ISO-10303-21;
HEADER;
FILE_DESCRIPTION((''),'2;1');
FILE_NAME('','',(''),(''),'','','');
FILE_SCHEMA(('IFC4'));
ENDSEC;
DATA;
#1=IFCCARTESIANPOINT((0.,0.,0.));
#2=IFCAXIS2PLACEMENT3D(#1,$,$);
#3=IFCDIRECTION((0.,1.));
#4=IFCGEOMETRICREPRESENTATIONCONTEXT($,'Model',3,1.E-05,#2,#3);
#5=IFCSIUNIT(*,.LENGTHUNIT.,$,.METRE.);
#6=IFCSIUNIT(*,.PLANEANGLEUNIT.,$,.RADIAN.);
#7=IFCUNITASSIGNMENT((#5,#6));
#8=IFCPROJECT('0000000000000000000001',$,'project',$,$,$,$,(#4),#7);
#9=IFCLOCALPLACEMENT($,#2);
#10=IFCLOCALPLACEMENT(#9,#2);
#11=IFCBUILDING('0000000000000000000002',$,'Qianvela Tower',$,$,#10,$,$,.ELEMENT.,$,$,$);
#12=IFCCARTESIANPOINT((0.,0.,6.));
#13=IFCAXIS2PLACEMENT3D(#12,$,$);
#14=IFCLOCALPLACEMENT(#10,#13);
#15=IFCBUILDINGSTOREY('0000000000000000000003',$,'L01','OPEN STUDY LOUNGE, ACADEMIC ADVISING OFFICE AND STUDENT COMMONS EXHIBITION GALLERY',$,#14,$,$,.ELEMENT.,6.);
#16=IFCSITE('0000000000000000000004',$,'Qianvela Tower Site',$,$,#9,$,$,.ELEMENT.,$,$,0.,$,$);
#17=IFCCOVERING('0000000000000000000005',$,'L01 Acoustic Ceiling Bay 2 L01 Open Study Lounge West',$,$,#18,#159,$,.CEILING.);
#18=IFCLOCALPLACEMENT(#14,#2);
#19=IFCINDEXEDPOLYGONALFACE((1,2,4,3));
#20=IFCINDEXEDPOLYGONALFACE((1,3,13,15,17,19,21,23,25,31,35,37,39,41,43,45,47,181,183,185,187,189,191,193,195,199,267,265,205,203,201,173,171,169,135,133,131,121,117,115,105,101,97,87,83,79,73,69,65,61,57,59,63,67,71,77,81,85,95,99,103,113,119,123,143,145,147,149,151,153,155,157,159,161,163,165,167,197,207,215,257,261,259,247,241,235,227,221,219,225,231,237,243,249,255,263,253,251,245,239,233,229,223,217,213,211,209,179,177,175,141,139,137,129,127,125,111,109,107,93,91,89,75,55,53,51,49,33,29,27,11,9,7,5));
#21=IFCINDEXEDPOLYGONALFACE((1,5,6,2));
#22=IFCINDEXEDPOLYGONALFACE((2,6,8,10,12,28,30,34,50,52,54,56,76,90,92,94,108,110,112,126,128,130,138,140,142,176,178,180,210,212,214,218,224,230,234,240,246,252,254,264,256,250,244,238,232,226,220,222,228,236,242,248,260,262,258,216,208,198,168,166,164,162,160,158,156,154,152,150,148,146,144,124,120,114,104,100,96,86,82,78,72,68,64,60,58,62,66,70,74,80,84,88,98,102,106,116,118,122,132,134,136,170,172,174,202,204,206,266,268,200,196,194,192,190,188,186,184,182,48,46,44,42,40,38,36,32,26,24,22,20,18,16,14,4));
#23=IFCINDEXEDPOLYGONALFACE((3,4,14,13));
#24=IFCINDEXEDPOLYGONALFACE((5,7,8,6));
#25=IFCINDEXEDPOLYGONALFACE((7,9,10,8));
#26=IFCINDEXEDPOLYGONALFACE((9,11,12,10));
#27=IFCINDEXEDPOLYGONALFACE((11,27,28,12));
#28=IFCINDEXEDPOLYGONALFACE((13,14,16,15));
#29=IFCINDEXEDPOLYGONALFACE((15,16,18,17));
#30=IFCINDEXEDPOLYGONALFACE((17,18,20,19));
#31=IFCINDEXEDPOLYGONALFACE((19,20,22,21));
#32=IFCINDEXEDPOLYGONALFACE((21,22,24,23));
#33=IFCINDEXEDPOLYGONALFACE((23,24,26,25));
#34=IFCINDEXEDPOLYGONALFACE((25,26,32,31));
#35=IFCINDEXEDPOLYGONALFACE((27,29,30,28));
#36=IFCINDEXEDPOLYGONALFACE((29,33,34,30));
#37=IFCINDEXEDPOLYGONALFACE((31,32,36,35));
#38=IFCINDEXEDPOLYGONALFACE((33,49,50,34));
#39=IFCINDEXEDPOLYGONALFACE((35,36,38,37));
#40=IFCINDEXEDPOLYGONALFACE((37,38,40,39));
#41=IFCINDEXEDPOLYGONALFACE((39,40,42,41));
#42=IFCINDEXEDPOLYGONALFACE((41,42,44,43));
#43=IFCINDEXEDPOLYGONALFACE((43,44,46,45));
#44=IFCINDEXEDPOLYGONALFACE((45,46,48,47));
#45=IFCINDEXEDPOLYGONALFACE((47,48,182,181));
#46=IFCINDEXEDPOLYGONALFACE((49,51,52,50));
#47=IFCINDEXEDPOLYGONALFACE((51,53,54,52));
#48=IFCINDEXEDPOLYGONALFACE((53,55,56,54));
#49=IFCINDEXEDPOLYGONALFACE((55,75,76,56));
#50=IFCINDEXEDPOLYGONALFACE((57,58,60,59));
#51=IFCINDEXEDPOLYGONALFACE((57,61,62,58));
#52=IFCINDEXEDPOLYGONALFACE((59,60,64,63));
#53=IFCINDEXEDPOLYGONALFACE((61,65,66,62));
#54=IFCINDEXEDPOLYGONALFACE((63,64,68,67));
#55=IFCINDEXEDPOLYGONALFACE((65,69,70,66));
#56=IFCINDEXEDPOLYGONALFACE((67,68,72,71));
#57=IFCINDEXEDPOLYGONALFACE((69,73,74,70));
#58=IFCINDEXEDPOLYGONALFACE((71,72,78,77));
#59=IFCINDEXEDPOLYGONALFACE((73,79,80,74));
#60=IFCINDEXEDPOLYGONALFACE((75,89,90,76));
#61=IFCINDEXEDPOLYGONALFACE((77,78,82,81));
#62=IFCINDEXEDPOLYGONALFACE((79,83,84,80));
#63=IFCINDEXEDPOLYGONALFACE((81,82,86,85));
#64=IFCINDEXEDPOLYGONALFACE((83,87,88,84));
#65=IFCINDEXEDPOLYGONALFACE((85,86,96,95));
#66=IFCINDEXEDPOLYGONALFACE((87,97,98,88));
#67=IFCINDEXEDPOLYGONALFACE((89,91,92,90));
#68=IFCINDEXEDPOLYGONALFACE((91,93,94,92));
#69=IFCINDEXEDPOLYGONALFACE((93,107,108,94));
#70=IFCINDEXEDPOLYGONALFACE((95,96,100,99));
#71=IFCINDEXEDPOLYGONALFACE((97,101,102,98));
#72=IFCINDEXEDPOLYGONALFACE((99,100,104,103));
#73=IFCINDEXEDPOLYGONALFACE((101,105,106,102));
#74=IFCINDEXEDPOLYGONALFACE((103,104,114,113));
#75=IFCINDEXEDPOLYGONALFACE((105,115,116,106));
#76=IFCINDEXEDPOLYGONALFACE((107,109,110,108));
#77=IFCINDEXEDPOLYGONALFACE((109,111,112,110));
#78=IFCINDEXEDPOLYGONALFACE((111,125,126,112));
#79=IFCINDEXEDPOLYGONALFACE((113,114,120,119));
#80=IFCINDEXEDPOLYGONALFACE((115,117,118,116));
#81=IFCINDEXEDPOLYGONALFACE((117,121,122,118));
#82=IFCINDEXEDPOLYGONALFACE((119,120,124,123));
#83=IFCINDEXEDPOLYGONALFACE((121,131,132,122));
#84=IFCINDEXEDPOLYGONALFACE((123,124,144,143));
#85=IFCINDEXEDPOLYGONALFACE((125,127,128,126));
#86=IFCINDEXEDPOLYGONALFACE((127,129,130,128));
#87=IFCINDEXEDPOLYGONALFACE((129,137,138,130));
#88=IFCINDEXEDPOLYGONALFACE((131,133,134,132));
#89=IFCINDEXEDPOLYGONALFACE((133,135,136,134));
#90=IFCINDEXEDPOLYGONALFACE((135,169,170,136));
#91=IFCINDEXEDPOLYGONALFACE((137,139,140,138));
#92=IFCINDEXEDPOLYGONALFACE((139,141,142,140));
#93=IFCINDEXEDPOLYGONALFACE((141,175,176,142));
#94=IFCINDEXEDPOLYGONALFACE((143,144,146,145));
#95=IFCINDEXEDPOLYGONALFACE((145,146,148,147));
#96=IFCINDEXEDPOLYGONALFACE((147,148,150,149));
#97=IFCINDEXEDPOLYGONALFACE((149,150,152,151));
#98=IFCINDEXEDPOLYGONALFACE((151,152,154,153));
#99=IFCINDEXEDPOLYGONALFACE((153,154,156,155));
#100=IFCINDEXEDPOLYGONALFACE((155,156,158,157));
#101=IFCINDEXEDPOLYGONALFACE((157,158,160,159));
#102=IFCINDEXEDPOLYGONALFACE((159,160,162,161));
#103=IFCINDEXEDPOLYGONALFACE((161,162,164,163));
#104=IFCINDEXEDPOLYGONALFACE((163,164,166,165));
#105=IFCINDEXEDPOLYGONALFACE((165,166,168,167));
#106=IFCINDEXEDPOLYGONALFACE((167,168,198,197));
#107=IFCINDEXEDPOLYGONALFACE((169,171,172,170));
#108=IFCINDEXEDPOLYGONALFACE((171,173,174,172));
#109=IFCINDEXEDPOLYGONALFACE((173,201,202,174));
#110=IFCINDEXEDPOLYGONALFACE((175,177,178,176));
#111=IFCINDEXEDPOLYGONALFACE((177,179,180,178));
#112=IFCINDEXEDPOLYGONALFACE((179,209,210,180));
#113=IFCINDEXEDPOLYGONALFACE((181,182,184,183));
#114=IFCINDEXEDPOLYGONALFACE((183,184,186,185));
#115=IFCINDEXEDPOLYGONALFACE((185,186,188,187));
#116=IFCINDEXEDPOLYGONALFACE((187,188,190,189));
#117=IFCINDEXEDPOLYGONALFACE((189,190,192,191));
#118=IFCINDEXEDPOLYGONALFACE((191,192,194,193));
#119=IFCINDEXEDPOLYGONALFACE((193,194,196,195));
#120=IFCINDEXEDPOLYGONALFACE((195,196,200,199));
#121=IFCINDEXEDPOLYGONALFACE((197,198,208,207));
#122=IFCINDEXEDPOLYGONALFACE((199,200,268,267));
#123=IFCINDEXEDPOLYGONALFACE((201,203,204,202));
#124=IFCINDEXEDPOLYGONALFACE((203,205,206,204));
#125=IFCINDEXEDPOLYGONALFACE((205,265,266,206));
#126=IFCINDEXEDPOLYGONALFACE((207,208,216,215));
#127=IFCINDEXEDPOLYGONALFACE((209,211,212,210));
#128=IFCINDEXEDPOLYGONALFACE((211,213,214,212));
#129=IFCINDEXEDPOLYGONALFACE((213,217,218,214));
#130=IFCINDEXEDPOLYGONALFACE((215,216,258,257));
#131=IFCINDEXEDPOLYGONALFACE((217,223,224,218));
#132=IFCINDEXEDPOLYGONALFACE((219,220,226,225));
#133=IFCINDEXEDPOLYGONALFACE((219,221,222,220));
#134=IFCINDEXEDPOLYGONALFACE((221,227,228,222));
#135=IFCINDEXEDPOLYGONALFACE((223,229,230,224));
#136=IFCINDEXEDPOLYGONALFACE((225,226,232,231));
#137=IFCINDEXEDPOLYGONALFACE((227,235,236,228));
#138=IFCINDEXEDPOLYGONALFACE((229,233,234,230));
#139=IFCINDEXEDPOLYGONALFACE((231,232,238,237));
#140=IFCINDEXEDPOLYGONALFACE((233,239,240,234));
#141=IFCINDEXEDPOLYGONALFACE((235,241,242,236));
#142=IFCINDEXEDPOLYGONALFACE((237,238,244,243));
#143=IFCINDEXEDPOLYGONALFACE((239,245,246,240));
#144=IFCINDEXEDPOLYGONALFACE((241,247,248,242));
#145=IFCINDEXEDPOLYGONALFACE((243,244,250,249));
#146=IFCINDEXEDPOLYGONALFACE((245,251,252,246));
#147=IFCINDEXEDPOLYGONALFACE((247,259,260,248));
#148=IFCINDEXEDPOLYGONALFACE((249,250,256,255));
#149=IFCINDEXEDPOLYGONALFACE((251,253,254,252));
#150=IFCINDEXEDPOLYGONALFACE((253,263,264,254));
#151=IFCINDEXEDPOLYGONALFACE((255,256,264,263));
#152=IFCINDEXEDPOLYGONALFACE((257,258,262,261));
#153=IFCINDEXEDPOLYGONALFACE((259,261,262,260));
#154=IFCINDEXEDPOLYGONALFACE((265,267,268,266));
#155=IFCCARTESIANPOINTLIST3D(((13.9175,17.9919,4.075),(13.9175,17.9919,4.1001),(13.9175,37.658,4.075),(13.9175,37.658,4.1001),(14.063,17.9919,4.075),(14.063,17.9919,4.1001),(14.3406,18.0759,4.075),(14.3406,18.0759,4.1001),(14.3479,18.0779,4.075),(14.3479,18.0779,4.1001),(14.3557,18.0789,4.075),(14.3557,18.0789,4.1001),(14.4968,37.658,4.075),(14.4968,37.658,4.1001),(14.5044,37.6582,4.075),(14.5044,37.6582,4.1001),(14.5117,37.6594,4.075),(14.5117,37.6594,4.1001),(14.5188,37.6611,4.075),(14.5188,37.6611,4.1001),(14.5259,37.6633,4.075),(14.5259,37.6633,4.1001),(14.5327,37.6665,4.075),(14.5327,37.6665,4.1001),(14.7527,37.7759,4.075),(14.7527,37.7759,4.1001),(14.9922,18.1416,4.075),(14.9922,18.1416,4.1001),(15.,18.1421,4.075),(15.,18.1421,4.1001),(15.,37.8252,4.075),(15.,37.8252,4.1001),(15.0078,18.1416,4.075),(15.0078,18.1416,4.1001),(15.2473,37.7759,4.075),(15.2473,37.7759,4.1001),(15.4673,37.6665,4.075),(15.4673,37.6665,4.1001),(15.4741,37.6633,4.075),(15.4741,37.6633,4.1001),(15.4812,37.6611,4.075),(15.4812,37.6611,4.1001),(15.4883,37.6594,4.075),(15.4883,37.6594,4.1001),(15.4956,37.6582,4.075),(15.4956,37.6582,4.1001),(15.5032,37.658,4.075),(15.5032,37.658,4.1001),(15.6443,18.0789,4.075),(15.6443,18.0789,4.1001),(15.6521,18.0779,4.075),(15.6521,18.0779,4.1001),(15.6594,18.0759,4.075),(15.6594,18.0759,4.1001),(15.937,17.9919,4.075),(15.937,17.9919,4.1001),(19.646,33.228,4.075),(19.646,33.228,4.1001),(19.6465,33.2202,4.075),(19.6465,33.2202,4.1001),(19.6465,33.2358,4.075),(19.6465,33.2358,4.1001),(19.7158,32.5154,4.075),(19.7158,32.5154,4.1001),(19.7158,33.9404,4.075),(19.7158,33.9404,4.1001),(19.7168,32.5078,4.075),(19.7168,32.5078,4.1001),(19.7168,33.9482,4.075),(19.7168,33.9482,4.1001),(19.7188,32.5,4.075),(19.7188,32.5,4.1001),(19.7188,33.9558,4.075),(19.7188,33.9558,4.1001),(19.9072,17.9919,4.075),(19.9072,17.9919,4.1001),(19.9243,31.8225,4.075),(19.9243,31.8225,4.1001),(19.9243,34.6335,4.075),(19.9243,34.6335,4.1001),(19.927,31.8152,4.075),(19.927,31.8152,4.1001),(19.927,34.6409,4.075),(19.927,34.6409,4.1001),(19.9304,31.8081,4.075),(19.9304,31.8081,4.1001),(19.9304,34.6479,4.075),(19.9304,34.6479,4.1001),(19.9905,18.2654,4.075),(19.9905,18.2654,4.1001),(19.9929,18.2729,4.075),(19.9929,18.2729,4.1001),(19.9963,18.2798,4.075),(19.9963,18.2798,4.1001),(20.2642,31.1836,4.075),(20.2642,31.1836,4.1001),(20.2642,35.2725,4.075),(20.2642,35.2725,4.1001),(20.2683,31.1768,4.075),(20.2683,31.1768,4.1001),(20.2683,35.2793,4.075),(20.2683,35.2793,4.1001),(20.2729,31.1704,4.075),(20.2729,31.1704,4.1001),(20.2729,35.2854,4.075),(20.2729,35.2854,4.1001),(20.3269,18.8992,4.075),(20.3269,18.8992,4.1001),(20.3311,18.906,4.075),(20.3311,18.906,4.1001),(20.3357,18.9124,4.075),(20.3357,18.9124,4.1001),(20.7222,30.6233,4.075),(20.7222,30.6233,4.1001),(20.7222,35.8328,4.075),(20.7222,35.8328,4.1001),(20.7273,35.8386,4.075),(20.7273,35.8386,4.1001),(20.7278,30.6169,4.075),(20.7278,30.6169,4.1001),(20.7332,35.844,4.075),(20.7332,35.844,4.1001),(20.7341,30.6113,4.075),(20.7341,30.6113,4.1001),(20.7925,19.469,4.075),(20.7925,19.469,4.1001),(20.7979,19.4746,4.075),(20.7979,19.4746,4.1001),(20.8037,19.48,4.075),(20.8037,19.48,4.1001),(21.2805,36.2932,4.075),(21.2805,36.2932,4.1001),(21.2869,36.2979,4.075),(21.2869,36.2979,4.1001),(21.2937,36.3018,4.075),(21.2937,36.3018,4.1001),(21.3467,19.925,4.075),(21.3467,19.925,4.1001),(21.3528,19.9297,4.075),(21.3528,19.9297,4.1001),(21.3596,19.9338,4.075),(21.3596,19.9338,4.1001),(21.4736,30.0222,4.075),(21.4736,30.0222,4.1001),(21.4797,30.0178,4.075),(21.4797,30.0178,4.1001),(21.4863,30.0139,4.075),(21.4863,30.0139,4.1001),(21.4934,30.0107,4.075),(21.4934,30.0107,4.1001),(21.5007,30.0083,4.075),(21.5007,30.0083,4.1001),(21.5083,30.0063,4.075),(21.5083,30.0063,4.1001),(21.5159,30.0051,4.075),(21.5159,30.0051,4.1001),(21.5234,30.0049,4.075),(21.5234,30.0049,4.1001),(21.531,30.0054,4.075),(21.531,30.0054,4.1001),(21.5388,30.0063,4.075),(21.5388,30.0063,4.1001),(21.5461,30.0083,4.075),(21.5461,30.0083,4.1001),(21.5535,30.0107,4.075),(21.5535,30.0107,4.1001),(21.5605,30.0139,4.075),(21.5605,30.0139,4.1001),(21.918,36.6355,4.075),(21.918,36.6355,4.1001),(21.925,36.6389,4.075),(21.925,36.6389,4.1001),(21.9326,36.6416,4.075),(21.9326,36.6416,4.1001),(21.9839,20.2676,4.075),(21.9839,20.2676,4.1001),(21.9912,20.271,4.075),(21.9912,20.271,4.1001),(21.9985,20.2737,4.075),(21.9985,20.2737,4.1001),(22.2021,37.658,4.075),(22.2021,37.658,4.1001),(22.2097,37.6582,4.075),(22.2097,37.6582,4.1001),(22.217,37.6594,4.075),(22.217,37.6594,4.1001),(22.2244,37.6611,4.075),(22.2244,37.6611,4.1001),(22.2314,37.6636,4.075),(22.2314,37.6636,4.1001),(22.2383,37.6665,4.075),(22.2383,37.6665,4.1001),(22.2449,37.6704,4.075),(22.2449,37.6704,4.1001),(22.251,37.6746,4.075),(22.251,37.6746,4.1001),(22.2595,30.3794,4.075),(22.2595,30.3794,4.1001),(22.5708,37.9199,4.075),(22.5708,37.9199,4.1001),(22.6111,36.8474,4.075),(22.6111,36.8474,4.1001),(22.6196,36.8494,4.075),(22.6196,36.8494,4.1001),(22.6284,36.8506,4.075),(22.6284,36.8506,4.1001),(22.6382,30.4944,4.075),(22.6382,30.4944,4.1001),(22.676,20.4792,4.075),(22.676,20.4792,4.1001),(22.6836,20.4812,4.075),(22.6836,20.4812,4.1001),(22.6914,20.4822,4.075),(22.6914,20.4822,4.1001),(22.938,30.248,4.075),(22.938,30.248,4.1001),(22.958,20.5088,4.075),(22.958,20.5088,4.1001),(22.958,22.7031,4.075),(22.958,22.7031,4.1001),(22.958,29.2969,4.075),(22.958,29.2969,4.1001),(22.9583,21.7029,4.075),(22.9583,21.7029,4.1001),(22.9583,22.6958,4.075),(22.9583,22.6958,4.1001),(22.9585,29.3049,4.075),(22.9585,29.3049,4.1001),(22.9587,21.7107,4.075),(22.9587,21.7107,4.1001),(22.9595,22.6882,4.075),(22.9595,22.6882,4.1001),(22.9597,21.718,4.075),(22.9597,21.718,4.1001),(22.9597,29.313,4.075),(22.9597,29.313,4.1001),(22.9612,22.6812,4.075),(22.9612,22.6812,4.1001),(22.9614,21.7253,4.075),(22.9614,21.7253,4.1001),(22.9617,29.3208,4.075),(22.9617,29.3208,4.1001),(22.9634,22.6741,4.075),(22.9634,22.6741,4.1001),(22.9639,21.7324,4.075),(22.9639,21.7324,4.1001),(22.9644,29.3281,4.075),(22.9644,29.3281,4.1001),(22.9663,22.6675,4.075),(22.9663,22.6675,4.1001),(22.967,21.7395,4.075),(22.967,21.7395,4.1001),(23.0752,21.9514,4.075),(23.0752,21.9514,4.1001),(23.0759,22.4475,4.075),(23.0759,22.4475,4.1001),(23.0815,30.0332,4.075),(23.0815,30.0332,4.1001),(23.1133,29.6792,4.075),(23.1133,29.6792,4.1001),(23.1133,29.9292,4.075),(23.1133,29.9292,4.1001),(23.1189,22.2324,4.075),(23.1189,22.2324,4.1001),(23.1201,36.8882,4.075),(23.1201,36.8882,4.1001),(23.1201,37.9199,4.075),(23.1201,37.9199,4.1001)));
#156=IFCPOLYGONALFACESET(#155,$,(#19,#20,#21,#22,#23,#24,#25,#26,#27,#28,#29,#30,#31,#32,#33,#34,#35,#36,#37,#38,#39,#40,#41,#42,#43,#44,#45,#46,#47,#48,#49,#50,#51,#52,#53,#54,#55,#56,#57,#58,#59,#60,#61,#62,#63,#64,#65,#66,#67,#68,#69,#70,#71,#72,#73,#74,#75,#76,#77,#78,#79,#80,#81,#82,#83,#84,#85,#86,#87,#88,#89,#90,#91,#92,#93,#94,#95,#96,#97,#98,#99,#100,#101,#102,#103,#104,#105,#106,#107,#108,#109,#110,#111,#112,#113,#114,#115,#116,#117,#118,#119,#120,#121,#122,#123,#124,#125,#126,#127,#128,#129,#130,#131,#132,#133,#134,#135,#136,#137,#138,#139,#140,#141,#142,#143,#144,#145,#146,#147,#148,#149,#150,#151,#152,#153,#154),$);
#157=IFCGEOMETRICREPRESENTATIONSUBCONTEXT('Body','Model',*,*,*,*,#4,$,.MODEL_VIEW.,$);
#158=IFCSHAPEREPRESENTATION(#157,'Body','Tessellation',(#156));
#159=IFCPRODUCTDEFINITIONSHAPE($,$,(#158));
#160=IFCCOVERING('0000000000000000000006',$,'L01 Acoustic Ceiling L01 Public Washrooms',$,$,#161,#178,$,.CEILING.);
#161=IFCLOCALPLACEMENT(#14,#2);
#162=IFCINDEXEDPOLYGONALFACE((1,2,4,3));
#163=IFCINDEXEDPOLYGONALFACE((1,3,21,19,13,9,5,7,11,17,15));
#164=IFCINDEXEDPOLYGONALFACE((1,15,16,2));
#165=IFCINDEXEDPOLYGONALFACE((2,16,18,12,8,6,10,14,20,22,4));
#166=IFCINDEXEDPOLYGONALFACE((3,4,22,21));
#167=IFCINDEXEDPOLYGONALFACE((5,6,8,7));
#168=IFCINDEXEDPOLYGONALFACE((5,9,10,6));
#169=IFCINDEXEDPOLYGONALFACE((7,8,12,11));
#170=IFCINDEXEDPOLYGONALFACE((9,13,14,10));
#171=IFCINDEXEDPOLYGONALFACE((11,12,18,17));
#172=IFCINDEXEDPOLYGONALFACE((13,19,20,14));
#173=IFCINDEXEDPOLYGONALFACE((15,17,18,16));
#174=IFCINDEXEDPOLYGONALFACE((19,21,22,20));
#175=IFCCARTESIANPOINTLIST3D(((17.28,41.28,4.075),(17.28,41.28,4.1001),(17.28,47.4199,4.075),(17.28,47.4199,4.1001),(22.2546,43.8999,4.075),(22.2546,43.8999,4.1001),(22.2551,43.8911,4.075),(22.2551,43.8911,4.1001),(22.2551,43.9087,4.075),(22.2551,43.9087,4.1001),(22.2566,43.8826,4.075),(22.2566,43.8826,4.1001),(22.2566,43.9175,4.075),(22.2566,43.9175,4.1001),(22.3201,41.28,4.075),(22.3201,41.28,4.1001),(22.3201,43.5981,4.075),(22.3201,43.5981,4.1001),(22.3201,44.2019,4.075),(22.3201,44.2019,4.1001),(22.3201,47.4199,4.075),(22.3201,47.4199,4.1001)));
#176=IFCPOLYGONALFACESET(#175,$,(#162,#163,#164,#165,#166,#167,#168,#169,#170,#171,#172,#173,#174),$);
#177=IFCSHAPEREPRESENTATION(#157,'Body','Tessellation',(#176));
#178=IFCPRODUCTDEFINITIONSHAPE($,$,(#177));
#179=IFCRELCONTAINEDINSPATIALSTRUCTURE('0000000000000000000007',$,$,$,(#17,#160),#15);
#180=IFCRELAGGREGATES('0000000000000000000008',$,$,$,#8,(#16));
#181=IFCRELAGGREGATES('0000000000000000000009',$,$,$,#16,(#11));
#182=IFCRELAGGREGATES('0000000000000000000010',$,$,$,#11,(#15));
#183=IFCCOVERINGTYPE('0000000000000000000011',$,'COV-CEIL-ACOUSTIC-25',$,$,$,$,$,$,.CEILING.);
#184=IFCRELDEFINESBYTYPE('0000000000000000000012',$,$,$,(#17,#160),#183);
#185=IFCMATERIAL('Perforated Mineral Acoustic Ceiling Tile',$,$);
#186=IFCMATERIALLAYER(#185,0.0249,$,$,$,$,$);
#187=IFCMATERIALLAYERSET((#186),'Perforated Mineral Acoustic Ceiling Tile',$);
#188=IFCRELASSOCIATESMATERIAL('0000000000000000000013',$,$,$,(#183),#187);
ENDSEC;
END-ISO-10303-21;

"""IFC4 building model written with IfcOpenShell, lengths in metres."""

from ifc_helpers import new_model, si_unit, direction, frame, origin, place, context, subcontext, project, spatial, polyline, outline, extrude, material, layer, layer_set, type_object, element, save


model = new_model("IFC4")

# Units and contexts
model_context = context("Model", 3, precision=1e-05, world=origin(), true_north=direction((0.0, 1.0)))
body_context = subcontext(model_context, "Body", "Model", "MODEL_VIEW")
ifc_project = project(units=[si_unit("LENGTHUNIT", "METRE"), si_unit("PLANEANGLEUNIT", "RADIAN")], contexts=[model_context])

# Site, building, storey
site_placement = place(None, origin())
site = spatial("IfcSite", under=ifc_project, at=site_placement, Name="Qianvela Tower Site", CompositionType="ELEMENT", RefElevation=0.0)
building_placement = place(site_placement, origin())
building = spatial("IfcBuilding", under=site, at=building_placement, Name="Qianvela Tower", CompositionType="ELEMENT")
storey_placement = place(building_placement, frame((0.0, 0.0, 6.0)))
storey = spatial("IfcBuildingStorey", under=building, at=storey_placement, Name="L01", Description="OPEN STUDY LOUNGE, ACADEMIC ADVISING OFFICE AND STUDENT COMMONS EXHIBITION GALLERY", CompositionType="ELEMENT", Elevation=6.0)

# Coverings
ifc_material_1 = material(Name="Perforated Mineral Acoustic Ceiling Tile")
ifc_layer_1 = layer(ifc_material_1, 0.0249)
ifc_layer_set_1 = layer_set([ifc_layer_1], Name="Perforated Mineral Acoustic Ceiling Tile")
covering_type_1 = type_object("IfcCoveringType", Name="COV-CEIL-ACOUSTIC-25", PredefinedType="CEILING", material=ifc_layer_set_1)
covering_1_placement = place(storey_placement, frame((0.0, 0.0, 4.075)))
element("IfcCovering", 1, at=covering_1_placement, inside=storey, type_object=covering_type_1, Name="L01 Acoustic Ceiling Bay 2 L01 Open Study Lounge West", PredefinedType="CEILING", context=body_context, shape_type="SweptSolid", body=[
    extrude(outline(polyline([(22.6284, 36.8506), (22.6196, 36.8494), (22.6111, 36.8474), (21.9326, 36.6416), (21.925, 36.6389), (21.918, 36.6355), (21.2937, 36.3018), (21.2869, 36.2979), (21.2805, 36.2932), (20.7332, 35.844), (20.7273, 35.8386), (20.7222, 35.8328), (20.2729, 35.2854), (20.2683, 35.2793), (20.2642, 35.2725), (19.9304, 34.6479), (19.927, 34.6409), (19.9243, 34.6335), (19.7188, 33.9558), (19.7168, 33.9482), (19.7158, 33.9404), (19.6465, 33.2358), (19.646, 33.228), (19.6465, 33.2202), (19.7158, 32.5154), (19.7168, 32.5078), (19.7188, 32.5), (19.9243, 31.8225), (19.927, 31.8152), (19.9304, 31.8081), (20.2642, 31.1836), (20.2683, 31.1768), (20.2729, 31.1704), (20.7222, 30.6233), (20.7278, 30.6169), (20.7341, 30.6113), (21.4736, 30.0222), (21.4797, 30.0178), (21.4863, 30.0139), (21.4934, 30.0107), (21.5007, 30.0083), (21.5083, 30.0063), (21.5159, 30.0051), (21.5234, 30.0049), (21.531, 30.0054), (21.5388, 30.0063), (21.5461, 30.0083), (21.5535, 30.0107), (21.5605, 30.0139), (22.2595, 30.3794), (22.6382, 30.4944), (22.938, 30.248), (23.0815, 30.0332), (23.1133, 29.9292), (23.1133, 29.6792), (22.9644, 29.3281), (22.9617, 29.3208), (22.9597, 29.313), (22.9585, 29.3049), (22.958, 29.2969), (22.958, 22.7031), (22.9583, 22.6958), (22.9595, 22.6882), (22.9612, 22.6812), (22.9634, 22.6741), (22.9663, 22.6675), (23.0759, 22.4475), (23.1189, 22.2324), (23.0752, 21.9514), (22.967, 21.7395), (22.9639, 21.7324), (22.9614, 21.7253), (22.9597, 21.718), (22.9587, 21.7107), (22.9583, 21.7029), (22.958, 20.5088), (22.6914, 20.4822), (22.6836, 20.4812), (22.676, 20.4792), (21.9985, 20.2737), (21.9912, 20.271), (21.9839, 20.2676), (21.3596, 19.9338), (21.3528, 19.9297), (21.3467, 19.925), (20.8037, 19.48), (20.7979, 19.4746), (20.7925, 19.469), (20.3357, 18.9124), (20.3311, 18.906), (20.3269, 18.8992), (19.9963, 18.2798), (19.9929, 18.2729), (19.9905, 18.2654), (19.9072, 17.9919), (15.937, 17.9919), (15.6594, 18.0759), (15.6521, 18.0779), (15.6443, 18.0789), (15.0078, 18.1416), (15.0, 18.1421), (14.9922, 18.1416), (14.3557, 18.0789), (14.3479, 18.0779), (14.3406, 18.0759), (14.063, 17.9919), (13.9175, 17.9919), (13.9175, 37.658), (14.4968, 37.658), (14.5044, 37.6582), (14.5117, 37.6594), (14.5188, 37.6611), (14.5259, 37.6633), (14.5327, 37.6665), (14.7527, 37.7759), (15.0, 37.8252), (15.2473, 37.7759), (15.4673, 37.6665), (15.4741, 37.6633), (15.4812, 37.6611), (15.4883, 37.6594), (15.4956, 37.6582), (15.5032, 37.658), (22.2021, 37.658), (22.2097, 37.6582), (22.217, 37.6594), (22.2244, 37.6611), (22.2314, 37.6636), (22.2383, 37.6665), (22.2449, 37.6704), (22.251, 37.6746), (22.5708, 37.9199), (23.1201, 37.9199), (23.1201, 36.8882), (22.6284, 36.8506)])), origin(), (0.0, 0.0, 1.0), 0.0251),
])
covering_2_placement = place(storey_placement, frame((0.0, 0.0, 4.075)))
element("IfcCovering", 2, at=covering_2_placement, inside=storey, type_object=covering_type_1, Name="L01 Acoustic Ceiling L01 Public Washrooms", PredefinedType="CEILING", context=body_context, shape_type="SweptSolid", body=[
    extrude(outline(polyline([(17.28, 41.28), (17.28, 47.4199), (22.3201, 47.4199), (22.3201, 44.2019), (22.2566, 43.9175), (22.2551, 43.9087), (22.2546, 43.8999), (22.2551, 43.8911), (22.2566, 43.8826), (22.3201, 43.5981), (22.3201, 41.28), (17.28, 41.28)])), origin(), (0.0, 0.0, 1.0), 0.0251),
])

save(model, "model.ifc")
